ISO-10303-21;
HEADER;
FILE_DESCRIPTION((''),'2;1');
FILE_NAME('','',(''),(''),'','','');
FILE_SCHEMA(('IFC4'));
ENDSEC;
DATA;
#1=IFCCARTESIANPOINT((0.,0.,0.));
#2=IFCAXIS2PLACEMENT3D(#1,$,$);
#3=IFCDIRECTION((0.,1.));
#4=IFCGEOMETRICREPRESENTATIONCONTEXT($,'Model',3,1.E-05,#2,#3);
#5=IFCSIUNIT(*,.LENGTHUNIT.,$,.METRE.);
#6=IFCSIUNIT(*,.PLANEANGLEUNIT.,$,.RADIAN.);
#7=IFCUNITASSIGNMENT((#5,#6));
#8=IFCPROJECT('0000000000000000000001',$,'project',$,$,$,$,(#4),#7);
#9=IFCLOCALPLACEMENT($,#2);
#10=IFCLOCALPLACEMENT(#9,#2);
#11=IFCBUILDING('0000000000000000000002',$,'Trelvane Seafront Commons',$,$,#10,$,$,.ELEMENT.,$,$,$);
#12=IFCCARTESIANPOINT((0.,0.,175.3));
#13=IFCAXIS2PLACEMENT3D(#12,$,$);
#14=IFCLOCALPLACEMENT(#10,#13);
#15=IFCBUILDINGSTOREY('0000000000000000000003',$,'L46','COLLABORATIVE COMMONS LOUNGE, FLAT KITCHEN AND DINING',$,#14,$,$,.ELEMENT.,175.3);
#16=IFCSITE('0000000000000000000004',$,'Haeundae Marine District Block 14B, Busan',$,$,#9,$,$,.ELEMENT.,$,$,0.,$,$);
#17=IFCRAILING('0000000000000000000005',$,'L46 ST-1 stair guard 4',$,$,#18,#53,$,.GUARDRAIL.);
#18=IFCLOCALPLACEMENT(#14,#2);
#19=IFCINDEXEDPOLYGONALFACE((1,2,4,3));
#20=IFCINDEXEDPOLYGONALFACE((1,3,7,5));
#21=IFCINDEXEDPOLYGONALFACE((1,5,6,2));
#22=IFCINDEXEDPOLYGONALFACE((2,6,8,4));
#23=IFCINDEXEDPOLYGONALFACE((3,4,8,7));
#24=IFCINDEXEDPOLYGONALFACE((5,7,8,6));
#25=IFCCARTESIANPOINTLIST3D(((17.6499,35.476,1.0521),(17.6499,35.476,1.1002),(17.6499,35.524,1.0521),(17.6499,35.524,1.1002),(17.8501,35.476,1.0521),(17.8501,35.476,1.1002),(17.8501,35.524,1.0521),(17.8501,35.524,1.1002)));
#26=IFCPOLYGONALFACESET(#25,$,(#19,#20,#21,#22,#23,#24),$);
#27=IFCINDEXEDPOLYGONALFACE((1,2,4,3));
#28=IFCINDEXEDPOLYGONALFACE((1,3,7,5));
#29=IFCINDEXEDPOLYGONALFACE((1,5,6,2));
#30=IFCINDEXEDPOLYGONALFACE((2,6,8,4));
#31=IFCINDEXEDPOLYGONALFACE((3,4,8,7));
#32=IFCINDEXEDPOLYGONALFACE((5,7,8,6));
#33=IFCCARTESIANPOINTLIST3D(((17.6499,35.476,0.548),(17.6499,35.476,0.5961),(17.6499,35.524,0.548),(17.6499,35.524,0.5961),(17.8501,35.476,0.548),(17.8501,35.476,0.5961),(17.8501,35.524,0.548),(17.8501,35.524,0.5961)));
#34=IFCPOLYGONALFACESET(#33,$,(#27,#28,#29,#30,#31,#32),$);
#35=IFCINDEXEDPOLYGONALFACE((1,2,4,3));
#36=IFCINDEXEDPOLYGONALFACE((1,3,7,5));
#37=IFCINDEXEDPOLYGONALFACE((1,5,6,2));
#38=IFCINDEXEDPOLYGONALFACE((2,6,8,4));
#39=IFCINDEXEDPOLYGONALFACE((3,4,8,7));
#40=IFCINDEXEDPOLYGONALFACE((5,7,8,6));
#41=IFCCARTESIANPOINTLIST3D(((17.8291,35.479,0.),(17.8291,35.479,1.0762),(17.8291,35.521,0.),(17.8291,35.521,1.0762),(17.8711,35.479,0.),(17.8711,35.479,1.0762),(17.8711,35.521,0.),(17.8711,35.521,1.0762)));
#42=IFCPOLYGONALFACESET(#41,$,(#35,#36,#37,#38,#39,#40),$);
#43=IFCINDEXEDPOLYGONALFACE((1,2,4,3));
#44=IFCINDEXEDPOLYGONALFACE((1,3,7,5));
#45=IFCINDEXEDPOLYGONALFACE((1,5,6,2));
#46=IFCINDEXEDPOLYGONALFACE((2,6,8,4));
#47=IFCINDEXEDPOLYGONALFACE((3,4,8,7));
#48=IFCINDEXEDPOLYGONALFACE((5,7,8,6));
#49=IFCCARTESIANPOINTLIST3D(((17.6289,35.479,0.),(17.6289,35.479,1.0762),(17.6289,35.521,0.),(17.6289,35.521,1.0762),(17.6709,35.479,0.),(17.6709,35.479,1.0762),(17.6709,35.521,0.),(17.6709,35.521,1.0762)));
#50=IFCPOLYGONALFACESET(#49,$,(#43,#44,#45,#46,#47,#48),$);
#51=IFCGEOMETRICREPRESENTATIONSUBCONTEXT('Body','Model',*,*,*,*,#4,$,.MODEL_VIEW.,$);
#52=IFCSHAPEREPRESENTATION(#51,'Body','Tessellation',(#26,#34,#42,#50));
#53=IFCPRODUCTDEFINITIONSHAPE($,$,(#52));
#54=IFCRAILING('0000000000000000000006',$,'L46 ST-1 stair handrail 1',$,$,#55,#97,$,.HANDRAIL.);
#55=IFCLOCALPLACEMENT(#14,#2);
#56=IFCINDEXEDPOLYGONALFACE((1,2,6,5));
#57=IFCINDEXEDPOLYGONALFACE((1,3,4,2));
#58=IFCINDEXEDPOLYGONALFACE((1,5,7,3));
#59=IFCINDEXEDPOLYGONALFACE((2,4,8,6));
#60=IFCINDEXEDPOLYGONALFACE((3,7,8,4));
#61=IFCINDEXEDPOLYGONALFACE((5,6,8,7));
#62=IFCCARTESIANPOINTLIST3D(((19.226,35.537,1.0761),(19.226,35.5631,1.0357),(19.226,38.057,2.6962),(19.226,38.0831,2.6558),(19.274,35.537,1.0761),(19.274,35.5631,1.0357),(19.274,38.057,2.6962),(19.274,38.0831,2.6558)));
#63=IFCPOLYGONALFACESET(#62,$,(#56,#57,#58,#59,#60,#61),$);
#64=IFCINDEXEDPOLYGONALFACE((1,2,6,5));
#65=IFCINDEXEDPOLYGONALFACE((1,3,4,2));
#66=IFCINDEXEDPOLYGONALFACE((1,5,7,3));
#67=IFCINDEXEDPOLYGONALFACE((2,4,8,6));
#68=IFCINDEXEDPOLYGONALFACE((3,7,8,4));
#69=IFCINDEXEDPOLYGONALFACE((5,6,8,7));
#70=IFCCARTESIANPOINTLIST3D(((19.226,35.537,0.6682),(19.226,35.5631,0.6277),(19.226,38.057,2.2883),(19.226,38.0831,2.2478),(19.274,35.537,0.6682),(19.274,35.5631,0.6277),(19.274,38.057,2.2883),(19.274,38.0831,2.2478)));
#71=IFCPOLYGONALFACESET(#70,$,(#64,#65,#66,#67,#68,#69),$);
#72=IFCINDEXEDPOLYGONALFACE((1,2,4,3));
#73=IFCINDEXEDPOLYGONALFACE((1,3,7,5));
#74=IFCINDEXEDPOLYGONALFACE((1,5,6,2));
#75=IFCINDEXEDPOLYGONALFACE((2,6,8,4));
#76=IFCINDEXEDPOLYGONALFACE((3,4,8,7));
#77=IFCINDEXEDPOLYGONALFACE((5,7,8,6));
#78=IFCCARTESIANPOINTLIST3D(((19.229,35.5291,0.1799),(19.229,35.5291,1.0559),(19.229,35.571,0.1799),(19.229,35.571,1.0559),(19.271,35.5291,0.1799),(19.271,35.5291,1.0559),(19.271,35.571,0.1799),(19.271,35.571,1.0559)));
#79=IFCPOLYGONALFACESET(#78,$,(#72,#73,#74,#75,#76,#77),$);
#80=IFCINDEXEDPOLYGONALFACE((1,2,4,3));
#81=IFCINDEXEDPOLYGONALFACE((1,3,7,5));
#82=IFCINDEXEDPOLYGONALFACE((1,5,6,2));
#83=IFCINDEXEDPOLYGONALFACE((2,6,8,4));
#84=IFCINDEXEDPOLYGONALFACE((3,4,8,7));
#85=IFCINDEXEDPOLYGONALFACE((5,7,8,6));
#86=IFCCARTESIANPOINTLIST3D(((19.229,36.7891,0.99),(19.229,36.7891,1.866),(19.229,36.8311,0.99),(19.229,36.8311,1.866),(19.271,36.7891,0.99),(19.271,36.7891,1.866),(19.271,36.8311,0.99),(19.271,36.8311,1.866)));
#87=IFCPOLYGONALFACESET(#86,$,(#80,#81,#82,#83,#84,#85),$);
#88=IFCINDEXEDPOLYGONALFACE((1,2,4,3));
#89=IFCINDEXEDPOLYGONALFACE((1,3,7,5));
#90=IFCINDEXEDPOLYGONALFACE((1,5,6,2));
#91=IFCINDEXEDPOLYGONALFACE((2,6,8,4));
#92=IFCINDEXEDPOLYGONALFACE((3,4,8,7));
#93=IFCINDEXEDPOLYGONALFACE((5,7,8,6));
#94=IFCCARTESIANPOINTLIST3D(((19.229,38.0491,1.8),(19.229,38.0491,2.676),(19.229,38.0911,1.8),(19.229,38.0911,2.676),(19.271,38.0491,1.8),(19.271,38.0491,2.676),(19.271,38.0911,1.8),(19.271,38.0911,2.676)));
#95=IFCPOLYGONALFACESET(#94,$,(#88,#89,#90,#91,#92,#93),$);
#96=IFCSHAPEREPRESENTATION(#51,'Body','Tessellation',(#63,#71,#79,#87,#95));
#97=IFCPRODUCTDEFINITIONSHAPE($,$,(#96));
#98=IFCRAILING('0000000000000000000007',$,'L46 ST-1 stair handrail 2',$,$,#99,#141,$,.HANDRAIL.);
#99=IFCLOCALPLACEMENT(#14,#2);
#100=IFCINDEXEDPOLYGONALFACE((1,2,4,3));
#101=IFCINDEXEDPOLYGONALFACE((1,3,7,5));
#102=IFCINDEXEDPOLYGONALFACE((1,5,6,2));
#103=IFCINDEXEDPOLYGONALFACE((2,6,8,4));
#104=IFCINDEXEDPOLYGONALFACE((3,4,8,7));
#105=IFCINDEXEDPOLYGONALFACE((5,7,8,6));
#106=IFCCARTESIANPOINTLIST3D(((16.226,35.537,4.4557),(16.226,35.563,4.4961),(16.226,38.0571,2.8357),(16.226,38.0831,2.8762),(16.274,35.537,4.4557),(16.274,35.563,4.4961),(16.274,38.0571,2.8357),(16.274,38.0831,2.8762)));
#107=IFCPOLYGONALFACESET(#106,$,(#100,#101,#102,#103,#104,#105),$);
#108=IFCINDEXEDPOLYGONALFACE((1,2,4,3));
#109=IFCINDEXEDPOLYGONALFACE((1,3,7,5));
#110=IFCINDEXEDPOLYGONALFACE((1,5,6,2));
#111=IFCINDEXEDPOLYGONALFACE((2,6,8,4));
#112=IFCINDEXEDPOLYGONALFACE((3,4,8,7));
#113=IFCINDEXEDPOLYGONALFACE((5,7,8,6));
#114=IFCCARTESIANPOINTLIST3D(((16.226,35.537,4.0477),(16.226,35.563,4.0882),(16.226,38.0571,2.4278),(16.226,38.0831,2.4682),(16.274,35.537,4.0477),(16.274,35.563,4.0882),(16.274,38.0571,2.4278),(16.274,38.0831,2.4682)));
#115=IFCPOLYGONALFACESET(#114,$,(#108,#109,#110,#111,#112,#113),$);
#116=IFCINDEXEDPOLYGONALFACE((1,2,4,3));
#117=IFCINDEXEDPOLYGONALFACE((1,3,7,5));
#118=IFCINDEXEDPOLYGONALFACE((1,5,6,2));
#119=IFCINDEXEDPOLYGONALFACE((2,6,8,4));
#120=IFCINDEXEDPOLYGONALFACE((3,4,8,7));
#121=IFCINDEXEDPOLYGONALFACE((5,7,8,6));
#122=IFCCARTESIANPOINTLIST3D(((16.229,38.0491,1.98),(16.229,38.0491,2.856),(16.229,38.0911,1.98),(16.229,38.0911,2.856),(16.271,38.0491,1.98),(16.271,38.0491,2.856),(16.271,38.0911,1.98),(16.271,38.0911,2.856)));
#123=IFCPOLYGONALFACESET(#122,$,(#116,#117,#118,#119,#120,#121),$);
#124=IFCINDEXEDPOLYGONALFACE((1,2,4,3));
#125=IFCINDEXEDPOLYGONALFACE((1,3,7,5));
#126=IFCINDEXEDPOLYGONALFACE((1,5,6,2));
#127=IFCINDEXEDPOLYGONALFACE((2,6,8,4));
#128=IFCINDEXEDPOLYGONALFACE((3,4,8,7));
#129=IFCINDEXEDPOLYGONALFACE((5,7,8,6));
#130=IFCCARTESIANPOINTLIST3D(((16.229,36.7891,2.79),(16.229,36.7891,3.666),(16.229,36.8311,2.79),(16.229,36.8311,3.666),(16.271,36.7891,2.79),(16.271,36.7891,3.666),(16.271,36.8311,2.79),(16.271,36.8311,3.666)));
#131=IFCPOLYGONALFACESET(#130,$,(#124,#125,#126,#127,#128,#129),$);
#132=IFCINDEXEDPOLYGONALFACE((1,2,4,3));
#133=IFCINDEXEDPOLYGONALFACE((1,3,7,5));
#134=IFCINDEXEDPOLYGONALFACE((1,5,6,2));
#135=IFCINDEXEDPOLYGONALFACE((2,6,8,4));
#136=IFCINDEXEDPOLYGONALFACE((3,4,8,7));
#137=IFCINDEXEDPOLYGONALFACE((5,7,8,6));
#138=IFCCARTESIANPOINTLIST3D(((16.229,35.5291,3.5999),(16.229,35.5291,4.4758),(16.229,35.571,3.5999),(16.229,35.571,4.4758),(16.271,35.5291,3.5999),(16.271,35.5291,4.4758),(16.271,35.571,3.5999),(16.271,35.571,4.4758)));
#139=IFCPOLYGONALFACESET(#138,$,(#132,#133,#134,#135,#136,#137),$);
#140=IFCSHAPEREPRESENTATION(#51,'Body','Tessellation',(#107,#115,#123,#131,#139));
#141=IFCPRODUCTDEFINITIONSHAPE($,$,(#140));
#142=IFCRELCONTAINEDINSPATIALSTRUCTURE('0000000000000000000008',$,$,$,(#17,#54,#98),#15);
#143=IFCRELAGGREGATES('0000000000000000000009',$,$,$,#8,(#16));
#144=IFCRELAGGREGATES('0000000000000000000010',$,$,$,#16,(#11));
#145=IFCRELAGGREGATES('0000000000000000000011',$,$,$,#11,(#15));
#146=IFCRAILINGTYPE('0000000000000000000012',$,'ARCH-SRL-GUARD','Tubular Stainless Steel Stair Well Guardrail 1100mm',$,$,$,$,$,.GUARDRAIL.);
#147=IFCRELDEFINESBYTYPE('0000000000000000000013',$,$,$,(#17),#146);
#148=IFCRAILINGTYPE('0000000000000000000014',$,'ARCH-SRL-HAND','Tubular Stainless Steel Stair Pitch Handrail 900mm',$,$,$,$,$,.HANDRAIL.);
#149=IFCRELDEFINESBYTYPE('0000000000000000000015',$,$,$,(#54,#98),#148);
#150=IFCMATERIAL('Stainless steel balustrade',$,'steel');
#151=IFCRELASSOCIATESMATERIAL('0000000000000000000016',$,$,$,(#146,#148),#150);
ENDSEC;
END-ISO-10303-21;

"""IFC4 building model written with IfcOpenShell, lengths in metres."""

from ifc_helpers import new_model, si_unit, direction, frame, origin, origin_2d, place, context, subcontext, project, spatial, rectangle, extrude, material, type_object, element, save


model = new_model("IFC4")

# Units and contexts
model_context = context("Model", 3, precision=1e-05, world=origin(), true_north=direction((0.0, 1.0)))
body_context = subcontext(model_context, "Body", "Model", "MODEL_VIEW")
ifc_project = project(units=[si_unit("LENGTHUNIT", "METRE"), si_unit("PLANEANGLEUNIT", "RADIAN")], contexts=[model_context])

# Site, building, storey
site_placement = place(None, origin())
site = spatial("IfcSite", under=ifc_project, at=site_placement, Name="Haeundae Marine District Block 14B, Busan", CompositionType="ELEMENT", RefElevation=0.0)
building_placement = place(site_placement, origin())
building = spatial("IfcBuilding", under=site, at=building_placement, Name="Trelvane Seafront Commons", CompositionType="ELEMENT")
storey_placement = place(building_placement, frame((0.0, 0.0, 175.3)))
storey = spatial("IfcBuildingStorey", under=building, at=storey_placement, Name="L46", Description="COLLABORATIVE COMMONS LOUNGE, FLAT KITCHEN AND DINING", CompositionType="ELEMENT", Elevation=175.3)

# Railings
ifc_material_1 = material(Name="Stainless steel balustrade", Category="steel")
railing_type_1 = type_object("IfcRailingType", Name="ARCH-SRL-GUARD", Description="Tubular Stainless Steel Stair Well Guardrail 1100mm", PredefinedType="GUARDRAIL", material=ifc_material_1)
railing_1_placement = place(storey_placement, frame((17.8501, 35.5, 0.0)))
element("IfcRailing", 1, at=railing_1_placement, inside=storey, type_object=railing_type_1, Name="L46 ST-1 stair guard 4", PredefinedType="GUARDRAIL", context=body_context, shape_type="SweptSolid", body=[
    extrude(rectangle(XDim=0.0481, YDim=0.0481, at=origin_2d()), frame((0.0, 0.0, 1.0762), z_axis=(-1.0, 0.0, 0.0), x_axis=(0.0, -1.0, 0.0)), (0.0, 0.0, 1.0), 0.2002),
    extrude(rectangle(XDim=0.0481, YDim=0.0481, at=origin_2d()), frame((0.0, 0.0, 0.572), z_axis=(-1.0, 0.0, 0.0), x_axis=(0.0, -1.0, 0.0)), (0.0, 0.0, 1.0), 0.2002),
    extrude(rectangle(XDim=0.042, YDim=0.042, at=origin_2d()), origin(), (0.0, 0.0, 1.0), 1.0762),
    extrude(rectangle(XDim=0.042, YDim=0.042, at=origin_2d()), frame((-0.2002, 0.0, 0.0)), (0.0, 0.0, 1.0), 1.0762),
])
railing_type_2 = type_object("IfcRailingType", Name="ARCH-SRL-HAND", Description="Tubular Stainless Steel Stair Pitch Handrail 900mm", PredefinedType="HANDRAIL", material=ifc_material_1)
railing_2_placement = place(storey_placement, frame((19.25, 35.55, 0.1799)))
element("IfcRailing", 2, at=railing_2_placement, inside=storey, type_object=railing_type_2, Name="L46 ST-1 stair handrail 1", PredefinedType="HANDRAIL", context=body_context, shape_type="SweptSolid", body=[
    extrude(rectangle(XDim=0.0481, YDim=0.0481, at=origin_2d()), frame((0.0, 0.0, 0.876), z_axis=(0.0, 0.841163, 0.540782), x_axis=(-1.0, 0.0, 0.0)), (0.0, 0.0, 1.0), 2.9958),
    extrude(rectangle(XDim=0.0481, YDim=0.0481, at=origin_2d()), frame((0.0, 0.0, 0.468), z_axis=(0.0, 0.841163, 0.540782), x_axis=(-1.0, 0.0, 0.0)), (0.0, 0.0, 1.0), 2.9958),
    extrude(rectangle(XDim=0.042, YDim=0.042, at=origin_2d()), origin(), (0.0, 0.0, 1.0), 0.876),
    extrude(rectangle(XDim=0.042, YDim=0.042, at=origin_2d()), frame((0.0, 1.26, 0.8101)), (0.0, 0.0, 1.0), 0.876),
    extrude(rectangle(XDim=0.042, YDim=0.042, at=origin_2d()), frame((0.0, 2.52, 1.6201)), (0.0, 0.0, 1.0), 0.876),
])
railing_3_placement = place(storey_placement, frame((16.25, 38.0701, 1.98)))
element("IfcRailing", 3, at=railing_3_placement, inside=storey, type_object=railing_type_2, Name="L46 ST-1 stair handrail 2", PredefinedType="HANDRAIL", context=body_context, shape_type="SweptSolid", body=[
    extrude(rectangle(XDim=0.0481, YDim=0.0481, at=origin_2d()), frame((0.0, 0.0, 0.876), z_axis=(0.0, -0.8412, 0.540725), x_axis=(1.0, 0.0, 0.0)), (0.0, 0.0, 1.0), 2.9958),
    extrude(rectangle(XDim=0.0481, YDim=0.0481, at=origin_2d()), frame((0.0, 0.0, 0.468), z_axis=(0.0, -0.8412, 0.540725), x_axis=(1.0, 0.0, 0.0)), (0.0, 0.0, 1.0), 2.9958),
    extrude(rectangle(XDim=0.042, YDim=0.042, at=origin_2d()), origin(), (0.0, 0.0, 1.0), 0.876),
    extrude(rectangle(XDim=0.042, YDim=0.042, at=origin_2d()), frame((0.0, -1.26, 0.8101)), (0.0, 0.0, 1.0), 0.876),
    extrude(rectangle(XDim=0.042, YDim=0.042, at=origin_2d()), frame((0.0, -2.52, 1.6199)), (0.0, 0.0, 1.0), 0.876),
])

save(model, "model.ifc")
